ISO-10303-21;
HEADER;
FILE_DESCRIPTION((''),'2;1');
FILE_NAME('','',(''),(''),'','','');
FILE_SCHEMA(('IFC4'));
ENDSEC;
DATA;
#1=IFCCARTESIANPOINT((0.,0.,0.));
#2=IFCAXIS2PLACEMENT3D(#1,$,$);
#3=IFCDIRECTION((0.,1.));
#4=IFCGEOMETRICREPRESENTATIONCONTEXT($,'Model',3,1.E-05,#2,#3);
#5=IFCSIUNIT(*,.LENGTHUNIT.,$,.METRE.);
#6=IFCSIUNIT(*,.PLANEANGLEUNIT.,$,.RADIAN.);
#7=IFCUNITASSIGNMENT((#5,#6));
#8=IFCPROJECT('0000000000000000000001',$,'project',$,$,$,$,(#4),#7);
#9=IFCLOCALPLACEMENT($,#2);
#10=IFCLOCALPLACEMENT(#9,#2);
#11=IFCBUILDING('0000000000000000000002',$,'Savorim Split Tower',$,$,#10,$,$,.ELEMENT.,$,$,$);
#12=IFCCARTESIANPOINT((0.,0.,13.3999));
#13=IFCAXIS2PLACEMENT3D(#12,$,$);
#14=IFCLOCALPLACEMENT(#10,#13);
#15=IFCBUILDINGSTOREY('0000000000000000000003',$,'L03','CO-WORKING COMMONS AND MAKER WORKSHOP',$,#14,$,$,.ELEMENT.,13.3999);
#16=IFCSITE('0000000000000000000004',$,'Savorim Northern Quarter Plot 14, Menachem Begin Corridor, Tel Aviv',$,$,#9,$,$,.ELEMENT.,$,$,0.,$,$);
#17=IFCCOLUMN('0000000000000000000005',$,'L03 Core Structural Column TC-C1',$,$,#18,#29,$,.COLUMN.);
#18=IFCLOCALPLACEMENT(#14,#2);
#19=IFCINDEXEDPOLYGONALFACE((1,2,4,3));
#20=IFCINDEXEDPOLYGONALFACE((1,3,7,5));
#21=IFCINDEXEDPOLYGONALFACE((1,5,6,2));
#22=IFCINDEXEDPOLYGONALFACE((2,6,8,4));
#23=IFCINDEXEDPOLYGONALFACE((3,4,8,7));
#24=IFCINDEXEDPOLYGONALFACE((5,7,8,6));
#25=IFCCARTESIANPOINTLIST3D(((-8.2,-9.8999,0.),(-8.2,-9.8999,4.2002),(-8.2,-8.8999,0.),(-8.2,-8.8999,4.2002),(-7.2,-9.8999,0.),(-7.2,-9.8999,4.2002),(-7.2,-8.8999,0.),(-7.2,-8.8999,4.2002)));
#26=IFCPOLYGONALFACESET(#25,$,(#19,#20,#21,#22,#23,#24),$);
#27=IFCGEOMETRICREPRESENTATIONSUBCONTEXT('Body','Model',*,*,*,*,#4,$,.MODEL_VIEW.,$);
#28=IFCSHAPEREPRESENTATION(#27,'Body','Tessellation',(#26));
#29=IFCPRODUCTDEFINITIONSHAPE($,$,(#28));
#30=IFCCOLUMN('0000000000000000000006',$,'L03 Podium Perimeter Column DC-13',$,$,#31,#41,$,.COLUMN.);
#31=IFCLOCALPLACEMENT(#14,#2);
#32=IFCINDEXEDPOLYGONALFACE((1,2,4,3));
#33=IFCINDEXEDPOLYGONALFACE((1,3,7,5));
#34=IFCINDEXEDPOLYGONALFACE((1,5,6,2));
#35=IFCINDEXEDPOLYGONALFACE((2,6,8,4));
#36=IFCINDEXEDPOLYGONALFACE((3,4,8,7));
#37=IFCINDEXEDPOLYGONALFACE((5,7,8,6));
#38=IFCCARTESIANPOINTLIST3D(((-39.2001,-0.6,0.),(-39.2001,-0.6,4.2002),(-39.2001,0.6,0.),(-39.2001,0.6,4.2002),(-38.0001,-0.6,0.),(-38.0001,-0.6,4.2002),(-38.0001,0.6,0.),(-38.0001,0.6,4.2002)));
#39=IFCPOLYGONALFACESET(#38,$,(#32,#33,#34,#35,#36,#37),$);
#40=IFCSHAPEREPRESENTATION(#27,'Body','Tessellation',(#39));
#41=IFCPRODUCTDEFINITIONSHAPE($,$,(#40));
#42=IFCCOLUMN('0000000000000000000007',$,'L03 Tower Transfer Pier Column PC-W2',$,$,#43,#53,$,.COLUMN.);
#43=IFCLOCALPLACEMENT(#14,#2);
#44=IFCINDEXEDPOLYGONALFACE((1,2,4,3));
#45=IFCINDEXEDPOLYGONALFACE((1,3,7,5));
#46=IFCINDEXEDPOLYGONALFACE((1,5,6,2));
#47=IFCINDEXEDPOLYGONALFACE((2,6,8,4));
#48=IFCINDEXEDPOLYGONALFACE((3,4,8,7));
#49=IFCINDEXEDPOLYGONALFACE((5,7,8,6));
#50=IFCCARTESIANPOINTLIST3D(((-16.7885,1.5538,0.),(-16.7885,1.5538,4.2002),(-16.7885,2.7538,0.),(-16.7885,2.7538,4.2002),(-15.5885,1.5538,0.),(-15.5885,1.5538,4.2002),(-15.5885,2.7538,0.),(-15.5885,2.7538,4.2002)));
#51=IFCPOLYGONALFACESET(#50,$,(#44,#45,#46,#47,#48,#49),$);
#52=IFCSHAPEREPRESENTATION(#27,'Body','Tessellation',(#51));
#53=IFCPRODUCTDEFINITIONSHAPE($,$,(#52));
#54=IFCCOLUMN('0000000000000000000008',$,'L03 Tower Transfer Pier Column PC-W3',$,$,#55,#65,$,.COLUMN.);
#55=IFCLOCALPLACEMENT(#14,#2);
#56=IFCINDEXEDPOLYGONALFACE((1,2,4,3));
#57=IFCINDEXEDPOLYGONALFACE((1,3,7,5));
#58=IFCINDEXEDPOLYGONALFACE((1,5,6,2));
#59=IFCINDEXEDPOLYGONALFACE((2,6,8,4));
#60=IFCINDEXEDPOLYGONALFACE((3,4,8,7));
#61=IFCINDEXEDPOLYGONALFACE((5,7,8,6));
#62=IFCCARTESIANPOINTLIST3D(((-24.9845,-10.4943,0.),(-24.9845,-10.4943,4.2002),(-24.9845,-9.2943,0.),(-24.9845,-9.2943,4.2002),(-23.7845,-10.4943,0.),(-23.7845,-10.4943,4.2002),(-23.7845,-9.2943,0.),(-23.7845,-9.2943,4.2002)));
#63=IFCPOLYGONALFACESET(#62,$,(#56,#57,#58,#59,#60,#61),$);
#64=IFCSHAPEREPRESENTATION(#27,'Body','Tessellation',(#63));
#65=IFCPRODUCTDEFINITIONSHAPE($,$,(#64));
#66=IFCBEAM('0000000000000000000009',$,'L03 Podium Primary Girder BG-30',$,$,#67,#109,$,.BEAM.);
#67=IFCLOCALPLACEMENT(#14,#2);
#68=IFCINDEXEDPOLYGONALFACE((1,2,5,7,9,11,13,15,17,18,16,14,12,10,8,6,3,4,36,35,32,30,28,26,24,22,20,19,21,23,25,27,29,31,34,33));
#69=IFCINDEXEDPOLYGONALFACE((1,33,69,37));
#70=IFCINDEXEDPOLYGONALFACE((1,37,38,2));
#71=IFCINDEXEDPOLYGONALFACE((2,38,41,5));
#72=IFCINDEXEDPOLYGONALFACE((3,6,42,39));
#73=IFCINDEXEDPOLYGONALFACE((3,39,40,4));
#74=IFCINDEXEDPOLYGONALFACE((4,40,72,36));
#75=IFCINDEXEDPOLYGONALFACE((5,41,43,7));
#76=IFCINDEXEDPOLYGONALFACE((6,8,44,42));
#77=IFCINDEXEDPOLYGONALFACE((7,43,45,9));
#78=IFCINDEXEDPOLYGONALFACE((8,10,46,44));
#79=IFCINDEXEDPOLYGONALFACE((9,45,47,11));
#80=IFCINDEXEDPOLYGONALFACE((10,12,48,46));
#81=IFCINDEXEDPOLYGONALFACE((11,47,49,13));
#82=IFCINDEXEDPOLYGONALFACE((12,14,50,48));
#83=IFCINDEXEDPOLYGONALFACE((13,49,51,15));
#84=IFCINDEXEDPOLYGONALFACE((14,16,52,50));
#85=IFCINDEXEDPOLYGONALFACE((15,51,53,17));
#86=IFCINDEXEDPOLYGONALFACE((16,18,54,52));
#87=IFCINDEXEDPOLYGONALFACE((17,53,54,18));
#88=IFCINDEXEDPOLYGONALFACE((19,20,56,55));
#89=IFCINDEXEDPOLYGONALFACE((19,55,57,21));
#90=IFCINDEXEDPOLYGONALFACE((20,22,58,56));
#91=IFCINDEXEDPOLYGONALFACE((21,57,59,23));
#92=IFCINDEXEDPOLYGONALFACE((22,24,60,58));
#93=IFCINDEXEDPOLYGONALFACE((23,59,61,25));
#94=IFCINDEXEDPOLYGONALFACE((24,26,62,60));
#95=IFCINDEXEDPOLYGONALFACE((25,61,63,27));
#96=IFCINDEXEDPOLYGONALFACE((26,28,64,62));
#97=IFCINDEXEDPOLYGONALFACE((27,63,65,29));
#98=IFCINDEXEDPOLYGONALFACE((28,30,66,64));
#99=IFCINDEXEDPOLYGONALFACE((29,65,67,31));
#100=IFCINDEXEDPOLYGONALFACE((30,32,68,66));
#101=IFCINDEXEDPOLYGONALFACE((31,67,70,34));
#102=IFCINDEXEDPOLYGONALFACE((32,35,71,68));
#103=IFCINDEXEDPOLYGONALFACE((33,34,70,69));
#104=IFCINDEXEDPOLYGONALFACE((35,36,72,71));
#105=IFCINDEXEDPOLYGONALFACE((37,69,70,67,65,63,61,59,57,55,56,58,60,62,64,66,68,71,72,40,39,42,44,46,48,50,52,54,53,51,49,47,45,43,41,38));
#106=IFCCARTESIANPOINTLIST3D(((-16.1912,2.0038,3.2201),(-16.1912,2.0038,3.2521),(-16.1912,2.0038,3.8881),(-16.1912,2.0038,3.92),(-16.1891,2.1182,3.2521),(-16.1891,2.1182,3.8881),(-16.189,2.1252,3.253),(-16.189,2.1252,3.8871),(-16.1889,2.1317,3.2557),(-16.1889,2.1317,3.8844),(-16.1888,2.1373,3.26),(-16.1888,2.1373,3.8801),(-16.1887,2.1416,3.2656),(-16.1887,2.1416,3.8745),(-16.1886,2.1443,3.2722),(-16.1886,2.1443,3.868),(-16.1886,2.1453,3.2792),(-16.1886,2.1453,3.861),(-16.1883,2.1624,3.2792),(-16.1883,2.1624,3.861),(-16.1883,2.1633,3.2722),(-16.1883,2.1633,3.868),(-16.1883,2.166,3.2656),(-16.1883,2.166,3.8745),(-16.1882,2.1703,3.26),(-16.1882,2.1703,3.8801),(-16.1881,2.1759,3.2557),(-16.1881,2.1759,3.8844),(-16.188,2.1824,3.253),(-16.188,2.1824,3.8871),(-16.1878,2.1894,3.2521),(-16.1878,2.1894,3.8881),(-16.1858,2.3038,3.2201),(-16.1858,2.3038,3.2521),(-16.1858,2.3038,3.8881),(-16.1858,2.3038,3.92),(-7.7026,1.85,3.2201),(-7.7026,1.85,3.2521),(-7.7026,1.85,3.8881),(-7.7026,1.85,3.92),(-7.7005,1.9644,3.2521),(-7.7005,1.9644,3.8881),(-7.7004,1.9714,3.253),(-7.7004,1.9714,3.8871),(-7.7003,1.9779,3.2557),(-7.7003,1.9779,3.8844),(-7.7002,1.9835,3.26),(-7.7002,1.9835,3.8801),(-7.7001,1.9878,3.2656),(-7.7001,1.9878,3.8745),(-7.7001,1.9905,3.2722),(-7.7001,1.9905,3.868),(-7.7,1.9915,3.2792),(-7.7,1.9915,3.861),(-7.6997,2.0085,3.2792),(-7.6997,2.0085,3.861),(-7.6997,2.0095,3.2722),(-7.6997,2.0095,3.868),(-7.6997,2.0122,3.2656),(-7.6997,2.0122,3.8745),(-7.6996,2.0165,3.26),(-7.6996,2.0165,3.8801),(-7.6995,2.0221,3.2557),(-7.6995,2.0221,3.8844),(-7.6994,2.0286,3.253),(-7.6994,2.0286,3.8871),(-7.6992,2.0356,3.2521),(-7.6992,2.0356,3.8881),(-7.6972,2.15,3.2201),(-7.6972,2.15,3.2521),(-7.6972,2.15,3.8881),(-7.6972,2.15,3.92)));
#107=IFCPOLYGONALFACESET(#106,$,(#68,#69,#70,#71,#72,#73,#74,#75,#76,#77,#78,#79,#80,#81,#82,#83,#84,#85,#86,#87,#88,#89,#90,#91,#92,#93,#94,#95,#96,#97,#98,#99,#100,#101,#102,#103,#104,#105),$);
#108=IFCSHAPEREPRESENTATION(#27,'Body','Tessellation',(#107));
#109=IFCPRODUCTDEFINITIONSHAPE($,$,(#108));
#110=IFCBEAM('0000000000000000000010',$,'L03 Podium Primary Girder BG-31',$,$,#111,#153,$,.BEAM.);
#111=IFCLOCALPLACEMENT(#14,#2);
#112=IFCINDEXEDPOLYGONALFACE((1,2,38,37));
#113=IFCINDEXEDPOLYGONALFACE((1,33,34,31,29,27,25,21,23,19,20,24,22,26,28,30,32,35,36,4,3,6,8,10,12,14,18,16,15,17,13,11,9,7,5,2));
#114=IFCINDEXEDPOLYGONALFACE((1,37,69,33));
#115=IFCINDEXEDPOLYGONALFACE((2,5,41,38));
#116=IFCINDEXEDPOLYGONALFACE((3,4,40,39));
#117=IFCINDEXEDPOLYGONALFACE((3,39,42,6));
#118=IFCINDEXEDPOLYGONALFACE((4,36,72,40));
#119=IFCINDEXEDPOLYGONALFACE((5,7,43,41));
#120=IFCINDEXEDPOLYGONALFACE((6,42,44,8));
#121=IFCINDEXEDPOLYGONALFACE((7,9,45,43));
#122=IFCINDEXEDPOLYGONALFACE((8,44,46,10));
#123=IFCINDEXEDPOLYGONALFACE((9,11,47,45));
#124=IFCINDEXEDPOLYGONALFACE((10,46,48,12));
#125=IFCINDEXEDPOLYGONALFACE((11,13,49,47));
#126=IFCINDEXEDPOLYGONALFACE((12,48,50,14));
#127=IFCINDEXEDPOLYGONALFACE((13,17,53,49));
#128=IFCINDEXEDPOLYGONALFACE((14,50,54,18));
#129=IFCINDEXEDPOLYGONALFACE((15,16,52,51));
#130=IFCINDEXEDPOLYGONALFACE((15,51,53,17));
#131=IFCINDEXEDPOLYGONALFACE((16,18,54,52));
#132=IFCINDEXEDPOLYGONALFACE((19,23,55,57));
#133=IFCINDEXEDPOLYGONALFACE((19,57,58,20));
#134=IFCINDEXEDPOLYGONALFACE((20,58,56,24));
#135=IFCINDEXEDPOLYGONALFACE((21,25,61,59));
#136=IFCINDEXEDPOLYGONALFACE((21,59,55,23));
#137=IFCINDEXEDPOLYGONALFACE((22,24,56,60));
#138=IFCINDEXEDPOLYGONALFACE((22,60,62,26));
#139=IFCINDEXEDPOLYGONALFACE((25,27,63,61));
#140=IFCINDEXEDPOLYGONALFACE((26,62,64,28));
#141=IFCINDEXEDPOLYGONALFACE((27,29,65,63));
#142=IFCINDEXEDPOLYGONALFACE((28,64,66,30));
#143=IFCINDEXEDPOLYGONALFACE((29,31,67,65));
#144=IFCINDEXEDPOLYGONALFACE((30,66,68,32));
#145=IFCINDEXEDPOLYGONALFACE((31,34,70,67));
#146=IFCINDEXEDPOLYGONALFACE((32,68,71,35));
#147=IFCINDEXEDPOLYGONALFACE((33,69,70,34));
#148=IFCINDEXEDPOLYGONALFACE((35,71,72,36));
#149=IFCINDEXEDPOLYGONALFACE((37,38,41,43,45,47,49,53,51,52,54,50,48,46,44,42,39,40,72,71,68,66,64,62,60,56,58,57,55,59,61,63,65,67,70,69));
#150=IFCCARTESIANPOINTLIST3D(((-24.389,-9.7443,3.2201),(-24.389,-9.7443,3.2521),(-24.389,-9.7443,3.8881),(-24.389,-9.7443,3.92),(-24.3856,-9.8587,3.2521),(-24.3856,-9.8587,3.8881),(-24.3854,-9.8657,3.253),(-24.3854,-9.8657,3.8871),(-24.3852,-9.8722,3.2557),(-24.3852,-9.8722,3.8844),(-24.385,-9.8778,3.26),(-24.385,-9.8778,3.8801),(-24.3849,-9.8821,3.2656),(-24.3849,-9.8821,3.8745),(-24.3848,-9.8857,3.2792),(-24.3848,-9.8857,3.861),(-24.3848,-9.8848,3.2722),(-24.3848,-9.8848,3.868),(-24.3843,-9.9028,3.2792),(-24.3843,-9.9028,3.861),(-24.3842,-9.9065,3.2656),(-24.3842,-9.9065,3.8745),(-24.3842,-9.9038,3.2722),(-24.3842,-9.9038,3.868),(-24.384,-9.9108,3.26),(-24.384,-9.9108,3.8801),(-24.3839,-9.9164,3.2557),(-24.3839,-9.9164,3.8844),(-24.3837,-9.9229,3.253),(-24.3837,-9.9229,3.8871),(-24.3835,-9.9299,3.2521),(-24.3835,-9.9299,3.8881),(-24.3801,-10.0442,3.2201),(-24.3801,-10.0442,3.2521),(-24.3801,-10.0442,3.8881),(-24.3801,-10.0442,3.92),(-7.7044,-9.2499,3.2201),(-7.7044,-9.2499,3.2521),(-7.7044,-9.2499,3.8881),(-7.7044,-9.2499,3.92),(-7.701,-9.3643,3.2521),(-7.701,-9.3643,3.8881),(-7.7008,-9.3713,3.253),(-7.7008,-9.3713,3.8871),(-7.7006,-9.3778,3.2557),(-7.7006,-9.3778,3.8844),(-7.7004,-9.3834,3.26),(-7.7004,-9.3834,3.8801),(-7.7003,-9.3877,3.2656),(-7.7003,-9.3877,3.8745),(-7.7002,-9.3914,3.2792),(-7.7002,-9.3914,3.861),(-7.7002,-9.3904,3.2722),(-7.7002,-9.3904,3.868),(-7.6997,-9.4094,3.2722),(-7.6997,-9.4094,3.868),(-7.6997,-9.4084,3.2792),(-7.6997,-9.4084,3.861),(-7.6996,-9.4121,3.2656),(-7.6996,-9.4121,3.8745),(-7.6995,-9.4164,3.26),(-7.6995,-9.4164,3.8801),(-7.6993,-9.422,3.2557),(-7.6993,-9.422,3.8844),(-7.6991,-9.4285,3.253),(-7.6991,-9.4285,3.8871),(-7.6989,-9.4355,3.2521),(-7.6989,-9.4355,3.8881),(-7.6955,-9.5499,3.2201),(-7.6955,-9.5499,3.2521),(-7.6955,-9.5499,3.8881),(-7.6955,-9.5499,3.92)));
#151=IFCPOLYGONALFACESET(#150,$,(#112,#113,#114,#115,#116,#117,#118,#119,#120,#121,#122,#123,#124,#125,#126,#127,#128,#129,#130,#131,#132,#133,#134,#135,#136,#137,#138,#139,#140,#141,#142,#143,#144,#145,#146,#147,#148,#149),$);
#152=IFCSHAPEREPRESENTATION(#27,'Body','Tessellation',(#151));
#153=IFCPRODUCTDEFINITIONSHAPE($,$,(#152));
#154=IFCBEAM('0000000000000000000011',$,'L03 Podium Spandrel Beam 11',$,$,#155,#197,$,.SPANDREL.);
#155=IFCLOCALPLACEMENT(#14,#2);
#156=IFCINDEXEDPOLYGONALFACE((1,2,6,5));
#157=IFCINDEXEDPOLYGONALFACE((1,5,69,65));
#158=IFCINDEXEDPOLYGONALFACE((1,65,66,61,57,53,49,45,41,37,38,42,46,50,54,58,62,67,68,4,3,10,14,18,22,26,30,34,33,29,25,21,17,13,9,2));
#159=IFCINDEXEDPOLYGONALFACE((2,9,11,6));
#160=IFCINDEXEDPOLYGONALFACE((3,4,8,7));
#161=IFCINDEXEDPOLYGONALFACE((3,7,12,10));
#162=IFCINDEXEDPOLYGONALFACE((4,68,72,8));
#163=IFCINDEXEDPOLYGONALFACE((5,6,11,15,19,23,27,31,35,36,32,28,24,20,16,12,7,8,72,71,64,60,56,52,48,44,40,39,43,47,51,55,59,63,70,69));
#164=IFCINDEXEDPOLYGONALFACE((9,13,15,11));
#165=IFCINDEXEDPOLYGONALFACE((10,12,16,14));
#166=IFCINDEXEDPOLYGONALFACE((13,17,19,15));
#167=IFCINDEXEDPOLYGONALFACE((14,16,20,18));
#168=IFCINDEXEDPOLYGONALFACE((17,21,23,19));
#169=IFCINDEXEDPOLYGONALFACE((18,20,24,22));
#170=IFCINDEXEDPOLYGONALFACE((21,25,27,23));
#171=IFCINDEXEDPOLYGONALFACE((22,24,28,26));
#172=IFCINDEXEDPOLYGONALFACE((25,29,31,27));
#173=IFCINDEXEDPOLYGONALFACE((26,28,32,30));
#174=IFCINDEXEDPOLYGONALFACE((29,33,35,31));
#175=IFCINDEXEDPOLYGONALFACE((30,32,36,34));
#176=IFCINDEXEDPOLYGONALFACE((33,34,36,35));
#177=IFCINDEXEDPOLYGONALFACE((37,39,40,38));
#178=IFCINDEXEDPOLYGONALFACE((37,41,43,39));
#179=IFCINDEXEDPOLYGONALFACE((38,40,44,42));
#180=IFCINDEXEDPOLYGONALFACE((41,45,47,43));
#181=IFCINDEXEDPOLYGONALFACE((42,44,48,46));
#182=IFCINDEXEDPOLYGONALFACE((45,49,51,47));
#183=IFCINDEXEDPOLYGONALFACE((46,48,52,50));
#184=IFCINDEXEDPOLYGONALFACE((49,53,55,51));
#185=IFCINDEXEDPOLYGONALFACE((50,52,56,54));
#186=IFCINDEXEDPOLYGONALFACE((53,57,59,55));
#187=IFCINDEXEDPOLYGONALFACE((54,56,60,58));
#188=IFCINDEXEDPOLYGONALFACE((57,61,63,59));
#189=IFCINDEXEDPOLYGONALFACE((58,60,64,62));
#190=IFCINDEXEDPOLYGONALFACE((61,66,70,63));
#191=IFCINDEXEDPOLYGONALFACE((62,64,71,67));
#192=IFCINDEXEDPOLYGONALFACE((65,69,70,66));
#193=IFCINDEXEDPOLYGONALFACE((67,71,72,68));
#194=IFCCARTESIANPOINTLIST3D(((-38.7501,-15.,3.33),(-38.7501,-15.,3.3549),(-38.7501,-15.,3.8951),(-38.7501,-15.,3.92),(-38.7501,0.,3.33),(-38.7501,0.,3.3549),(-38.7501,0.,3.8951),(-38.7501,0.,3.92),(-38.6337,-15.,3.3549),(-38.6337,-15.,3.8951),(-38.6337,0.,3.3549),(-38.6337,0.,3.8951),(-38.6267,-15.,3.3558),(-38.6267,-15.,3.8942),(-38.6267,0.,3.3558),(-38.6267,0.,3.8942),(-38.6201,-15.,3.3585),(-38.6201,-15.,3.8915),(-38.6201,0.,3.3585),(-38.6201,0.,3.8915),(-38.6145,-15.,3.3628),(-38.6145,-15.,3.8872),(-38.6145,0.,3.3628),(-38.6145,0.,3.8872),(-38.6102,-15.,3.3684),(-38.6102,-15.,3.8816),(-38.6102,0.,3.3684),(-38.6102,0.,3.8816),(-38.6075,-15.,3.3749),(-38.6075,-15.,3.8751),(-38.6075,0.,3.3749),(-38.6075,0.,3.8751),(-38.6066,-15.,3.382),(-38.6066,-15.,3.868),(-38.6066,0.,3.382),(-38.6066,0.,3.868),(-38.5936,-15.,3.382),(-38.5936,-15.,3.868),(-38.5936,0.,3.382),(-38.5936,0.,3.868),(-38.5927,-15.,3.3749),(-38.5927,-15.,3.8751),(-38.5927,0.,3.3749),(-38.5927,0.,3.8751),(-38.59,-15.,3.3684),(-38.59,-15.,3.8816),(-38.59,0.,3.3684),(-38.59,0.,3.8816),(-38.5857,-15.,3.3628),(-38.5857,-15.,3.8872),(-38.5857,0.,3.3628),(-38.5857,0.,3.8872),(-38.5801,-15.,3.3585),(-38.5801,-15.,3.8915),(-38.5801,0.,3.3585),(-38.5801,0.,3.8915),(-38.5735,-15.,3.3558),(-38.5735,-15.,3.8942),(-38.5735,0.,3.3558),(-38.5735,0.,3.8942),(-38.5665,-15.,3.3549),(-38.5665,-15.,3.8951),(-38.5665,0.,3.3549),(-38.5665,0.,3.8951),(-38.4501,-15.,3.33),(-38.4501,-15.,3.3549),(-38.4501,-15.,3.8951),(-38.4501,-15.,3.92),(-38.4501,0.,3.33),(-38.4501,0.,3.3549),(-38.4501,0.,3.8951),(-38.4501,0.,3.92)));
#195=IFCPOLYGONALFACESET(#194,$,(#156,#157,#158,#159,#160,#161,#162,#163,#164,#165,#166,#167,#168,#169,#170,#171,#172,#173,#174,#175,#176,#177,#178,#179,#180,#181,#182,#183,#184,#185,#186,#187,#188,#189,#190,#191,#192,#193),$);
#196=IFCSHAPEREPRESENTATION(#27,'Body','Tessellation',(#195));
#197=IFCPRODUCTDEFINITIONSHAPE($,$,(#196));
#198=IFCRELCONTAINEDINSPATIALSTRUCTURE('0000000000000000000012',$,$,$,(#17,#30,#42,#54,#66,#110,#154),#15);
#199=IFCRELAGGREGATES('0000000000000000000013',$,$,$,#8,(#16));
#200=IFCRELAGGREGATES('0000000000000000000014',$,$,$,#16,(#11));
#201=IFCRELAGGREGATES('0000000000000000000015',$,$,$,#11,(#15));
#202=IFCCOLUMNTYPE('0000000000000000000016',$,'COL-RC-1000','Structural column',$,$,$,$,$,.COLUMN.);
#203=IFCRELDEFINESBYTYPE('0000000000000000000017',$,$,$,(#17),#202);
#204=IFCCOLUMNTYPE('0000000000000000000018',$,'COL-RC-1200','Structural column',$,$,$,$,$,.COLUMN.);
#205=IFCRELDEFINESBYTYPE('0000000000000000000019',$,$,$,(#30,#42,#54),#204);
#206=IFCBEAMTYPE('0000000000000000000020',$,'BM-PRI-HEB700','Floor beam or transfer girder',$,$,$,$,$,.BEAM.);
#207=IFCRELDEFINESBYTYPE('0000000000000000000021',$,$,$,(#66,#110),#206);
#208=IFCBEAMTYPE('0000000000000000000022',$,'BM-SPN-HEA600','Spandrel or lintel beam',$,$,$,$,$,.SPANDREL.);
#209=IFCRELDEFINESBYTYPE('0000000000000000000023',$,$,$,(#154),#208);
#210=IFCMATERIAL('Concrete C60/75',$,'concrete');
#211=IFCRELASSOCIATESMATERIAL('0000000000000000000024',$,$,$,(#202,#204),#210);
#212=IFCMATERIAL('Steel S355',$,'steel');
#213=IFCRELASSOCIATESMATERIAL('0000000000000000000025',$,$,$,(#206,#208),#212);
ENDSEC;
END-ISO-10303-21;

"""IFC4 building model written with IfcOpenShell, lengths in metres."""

from ifc_helpers import new_model, si_unit, direction, frame, origin, origin_2d, place, context, subcontext, project, spatial, rectangle, i_section, extrude, material, material_profile, profile_set, type_object, element, save


model = new_model("IFC4")

# Units and contexts
model_context = context("Model", 3, precision=1e-05, world=origin(), true_north=direction((0.0, 1.0)))
body_context = subcontext(model_context, "Body", "Model", "MODEL_VIEW")
ifc_project = project(units=[si_unit("LENGTHUNIT", "METRE"), si_unit("PLANEANGLEUNIT", "RADIAN")], contexts=[model_context])

# Site, building, storey
site_placement = place(None, origin())
site = spatial("IfcSite", under=ifc_project, at=site_placement, Name="Savorim Northern Quarter Plot 14, Menachem Begin Corridor, Tel Aviv", CompositionType="ELEMENT", RefElevation=0.0)
building_placement = place(site_placement, origin())
building = spatial("IfcBuilding", under=site, at=building_placement, Name="Savorim Split Tower", CompositionType="ELEMENT")
storey_placement = place(building_placement, frame((0.0, 0.0, 13.3999)))
storey = spatial("IfcBuildingStorey", under=building, at=storey_placement, Name="L03", Description="CO-WORKING COMMONS AND MAKER WORKSHOP", CompositionType="ELEMENT", Elevation=13.3999)

# Columns
ifc_material_1 = material(Name="Concrete C60/75", Category="concrete")
ifc_material_profile_1 = material_profile(ifc_material_1, rectangle(XDim=1.0, YDim=1.0, at=origin_2d()), Name="RC 1000x1000")
ifc_profile_set_1 = profile_set([ifc_material_profile_1], Name="Concrete C60/75")
column_type_1 = type_object("IfcColumnType", Name="COL-RC-1000", Description="Structural column", PredefinedType="COLUMN", material=ifc_profile_set_1)
column_placement = place(storey_placement, frame((-7.7, -9.3999, 0.0), z_axis=(0.0, 0.0, 1.0), x_axis=(1.0, 0.0, 0.0)))
element("IfcColumn", 1, at=column_placement, inside=storey, type_object=column_type_1, Name="L03 Core Structural Column TC-C1", PredefinedType="COLUMN", context=body_context, shape_type="SweptSolid", body=[
    extrude(rectangle(XDim=1.0, YDim=1.0, at=origin_2d()), origin(), (0.0, 0.0, 1.0), 4.2002),
])
ifc_material_profile_2 = material_profile(ifc_material_1, rectangle(XDim=1.2, YDim=1.2, at=origin_2d()), Name="RC 1200x1200")
ifc_profile_set_2 = profile_set([ifc_material_profile_2], Name="Concrete C60/75")
column_type_2 = type_object("IfcColumnType", Name="COL-RC-1200", Description="Structural column", PredefinedType="COLUMN", material=ifc_profile_set_2)
for number, where, z_axis, x_axis, name in (
    (2, (-38.6001, 0.0, 0.0), (0.0, 0.0, 1.0), (1.0, 0.0, 0.0), "L03 Podium Perimeter Column DC-13"),
    (3, (-16.1885, 2.1538, 0.0), (0.0, 0.0, 1.0), (1.0, 0.0, 0.0), "L03 Tower Transfer Pier Column PC-W2"),
    (4, (-24.3845, -9.8943, 0.0), (0.0, 0.0, 1.0), (1.0, 0.0, 0.0), "L03 Tower Transfer Pier Column PC-W3"),
):
    element("IfcColumn", number, at=place(storey_placement, frame(where, z_axis=z_axis, x_axis=x_axis)), inside=storey, type_object=column_type_2, Name=name, PredefinedType="COLUMN", context=body_context, shape_type="SweptSolid", body=[
        extrude(rectangle(XDim=1.2, YDim=1.2, at=origin_2d()), origin(), (0.0, 0.0, 1.0), 4.2002),
    ])

# Beams
ifc_material_2 = material(Name="Steel S355", Category="steel")
ifc_material_profile_3 = material_profile(ifc_material_2, i_section(OverallWidth=0.3, OverallDepth=0.7, WebThickness=0.0171, FlangeThickness=0.032, FilletRadius=0.0271, at=origin_2d()), Name="HEB 700")
ifc_profile_set_3 = profile_set([ifc_material_profile_3], Name="Steel S355")
beam_type_1 = type_object("IfcBeamType", Name="BM-PRI-HEB700", Description="Floor beam or transfer girder", PredefinedType="BEAM", material=ifc_profile_set_3)
beam_1_placement = place(storey_placement, frame((-16.1885, 2.1538, 3.5701), z_axis=(0.999836, -0.018117, 0.0), x_axis=(0.018117, 0.999836, 0.0)))
element("IfcBeam", 5, at=beam_1_placement, inside=storey, type_object=beam_type_1, Name="L03 Podium Primary Girder BG-30", PredefinedType="BEAM", context=body_context, shape_type="SweptSolid", body=[
    extrude(i_section(OverallWidth=0.3, OverallDepth=0.7, WebThickness=0.0171, FlangeThickness=0.032, FilletRadius=0.0271, at=origin_2d()), origin(), (0.0, 0.0, 1.0), 8.49),
])
beam_2_placement = place(storey_placement, frame((-24.3845, -9.8943, 3.5701), z_axis=(0.999561, 0.029618, 0.0), x_axis=(-0.029618, 0.999561, 0.0)))
element("IfcBeam", 6, at=beam_2_placement, inside=storey, type_object=beam_type_1, Name="L03 Podium Primary Girder BG-31", PredefinedType="BEAM", context=body_context, shape_type="SweptSolid", body=[
    extrude(i_section(OverallWidth=0.3, OverallDepth=0.7, WebThickness=0.0171, FlangeThickness=0.032, FilletRadius=0.0271, at=origin_2d()), origin(), (0.0, 0.0, 1.0), 16.6919),
])
ifc_material_profile_4 = material_profile(ifc_material_2, i_section(OverallWidth=0.3, OverallDepth=0.5901, WebThickness=0.0129, FlangeThickness=0.0249, FilletRadius=0.0271, at=origin_2d()), Name="HEA 600")
ifc_profile_set_4 = profile_set([ifc_material_profile_4], Name="Steel S355")
beam_type_2 = type_object("IfcBeamType", Name="BM-SPN-HEA600", Description="Spandrel or lintel beam", PredefinedType="SPANDREL", material=ifc_profile_set_4)
beam_3_placement = place(storey_placement, frame((-38.6001, 0.0, 3.625), z_axis=(0.0, -1.0, 0.0), x_axis=(1.0, 0.0, 0.0)))
element("IfcBeam", 7, at=beam_3_placement, inside=storey, type_object=beam_type_2, Name="L03 Podium Spandrel Beam 11", PredefinedType="SPANDREL", context=body_context, shape_type="SweptSolid", body=[
    extrude(i_section(OverallWidth=0.3, OverallDepth=0.5901, WebThickness=0.0129, FlangeThickness=0.0249, FilletRadius=0.0271, at=origin_2d()), origin(), (0.0, 0.0, 1.0), 15.0),
])

save(model, "model.ifc")
